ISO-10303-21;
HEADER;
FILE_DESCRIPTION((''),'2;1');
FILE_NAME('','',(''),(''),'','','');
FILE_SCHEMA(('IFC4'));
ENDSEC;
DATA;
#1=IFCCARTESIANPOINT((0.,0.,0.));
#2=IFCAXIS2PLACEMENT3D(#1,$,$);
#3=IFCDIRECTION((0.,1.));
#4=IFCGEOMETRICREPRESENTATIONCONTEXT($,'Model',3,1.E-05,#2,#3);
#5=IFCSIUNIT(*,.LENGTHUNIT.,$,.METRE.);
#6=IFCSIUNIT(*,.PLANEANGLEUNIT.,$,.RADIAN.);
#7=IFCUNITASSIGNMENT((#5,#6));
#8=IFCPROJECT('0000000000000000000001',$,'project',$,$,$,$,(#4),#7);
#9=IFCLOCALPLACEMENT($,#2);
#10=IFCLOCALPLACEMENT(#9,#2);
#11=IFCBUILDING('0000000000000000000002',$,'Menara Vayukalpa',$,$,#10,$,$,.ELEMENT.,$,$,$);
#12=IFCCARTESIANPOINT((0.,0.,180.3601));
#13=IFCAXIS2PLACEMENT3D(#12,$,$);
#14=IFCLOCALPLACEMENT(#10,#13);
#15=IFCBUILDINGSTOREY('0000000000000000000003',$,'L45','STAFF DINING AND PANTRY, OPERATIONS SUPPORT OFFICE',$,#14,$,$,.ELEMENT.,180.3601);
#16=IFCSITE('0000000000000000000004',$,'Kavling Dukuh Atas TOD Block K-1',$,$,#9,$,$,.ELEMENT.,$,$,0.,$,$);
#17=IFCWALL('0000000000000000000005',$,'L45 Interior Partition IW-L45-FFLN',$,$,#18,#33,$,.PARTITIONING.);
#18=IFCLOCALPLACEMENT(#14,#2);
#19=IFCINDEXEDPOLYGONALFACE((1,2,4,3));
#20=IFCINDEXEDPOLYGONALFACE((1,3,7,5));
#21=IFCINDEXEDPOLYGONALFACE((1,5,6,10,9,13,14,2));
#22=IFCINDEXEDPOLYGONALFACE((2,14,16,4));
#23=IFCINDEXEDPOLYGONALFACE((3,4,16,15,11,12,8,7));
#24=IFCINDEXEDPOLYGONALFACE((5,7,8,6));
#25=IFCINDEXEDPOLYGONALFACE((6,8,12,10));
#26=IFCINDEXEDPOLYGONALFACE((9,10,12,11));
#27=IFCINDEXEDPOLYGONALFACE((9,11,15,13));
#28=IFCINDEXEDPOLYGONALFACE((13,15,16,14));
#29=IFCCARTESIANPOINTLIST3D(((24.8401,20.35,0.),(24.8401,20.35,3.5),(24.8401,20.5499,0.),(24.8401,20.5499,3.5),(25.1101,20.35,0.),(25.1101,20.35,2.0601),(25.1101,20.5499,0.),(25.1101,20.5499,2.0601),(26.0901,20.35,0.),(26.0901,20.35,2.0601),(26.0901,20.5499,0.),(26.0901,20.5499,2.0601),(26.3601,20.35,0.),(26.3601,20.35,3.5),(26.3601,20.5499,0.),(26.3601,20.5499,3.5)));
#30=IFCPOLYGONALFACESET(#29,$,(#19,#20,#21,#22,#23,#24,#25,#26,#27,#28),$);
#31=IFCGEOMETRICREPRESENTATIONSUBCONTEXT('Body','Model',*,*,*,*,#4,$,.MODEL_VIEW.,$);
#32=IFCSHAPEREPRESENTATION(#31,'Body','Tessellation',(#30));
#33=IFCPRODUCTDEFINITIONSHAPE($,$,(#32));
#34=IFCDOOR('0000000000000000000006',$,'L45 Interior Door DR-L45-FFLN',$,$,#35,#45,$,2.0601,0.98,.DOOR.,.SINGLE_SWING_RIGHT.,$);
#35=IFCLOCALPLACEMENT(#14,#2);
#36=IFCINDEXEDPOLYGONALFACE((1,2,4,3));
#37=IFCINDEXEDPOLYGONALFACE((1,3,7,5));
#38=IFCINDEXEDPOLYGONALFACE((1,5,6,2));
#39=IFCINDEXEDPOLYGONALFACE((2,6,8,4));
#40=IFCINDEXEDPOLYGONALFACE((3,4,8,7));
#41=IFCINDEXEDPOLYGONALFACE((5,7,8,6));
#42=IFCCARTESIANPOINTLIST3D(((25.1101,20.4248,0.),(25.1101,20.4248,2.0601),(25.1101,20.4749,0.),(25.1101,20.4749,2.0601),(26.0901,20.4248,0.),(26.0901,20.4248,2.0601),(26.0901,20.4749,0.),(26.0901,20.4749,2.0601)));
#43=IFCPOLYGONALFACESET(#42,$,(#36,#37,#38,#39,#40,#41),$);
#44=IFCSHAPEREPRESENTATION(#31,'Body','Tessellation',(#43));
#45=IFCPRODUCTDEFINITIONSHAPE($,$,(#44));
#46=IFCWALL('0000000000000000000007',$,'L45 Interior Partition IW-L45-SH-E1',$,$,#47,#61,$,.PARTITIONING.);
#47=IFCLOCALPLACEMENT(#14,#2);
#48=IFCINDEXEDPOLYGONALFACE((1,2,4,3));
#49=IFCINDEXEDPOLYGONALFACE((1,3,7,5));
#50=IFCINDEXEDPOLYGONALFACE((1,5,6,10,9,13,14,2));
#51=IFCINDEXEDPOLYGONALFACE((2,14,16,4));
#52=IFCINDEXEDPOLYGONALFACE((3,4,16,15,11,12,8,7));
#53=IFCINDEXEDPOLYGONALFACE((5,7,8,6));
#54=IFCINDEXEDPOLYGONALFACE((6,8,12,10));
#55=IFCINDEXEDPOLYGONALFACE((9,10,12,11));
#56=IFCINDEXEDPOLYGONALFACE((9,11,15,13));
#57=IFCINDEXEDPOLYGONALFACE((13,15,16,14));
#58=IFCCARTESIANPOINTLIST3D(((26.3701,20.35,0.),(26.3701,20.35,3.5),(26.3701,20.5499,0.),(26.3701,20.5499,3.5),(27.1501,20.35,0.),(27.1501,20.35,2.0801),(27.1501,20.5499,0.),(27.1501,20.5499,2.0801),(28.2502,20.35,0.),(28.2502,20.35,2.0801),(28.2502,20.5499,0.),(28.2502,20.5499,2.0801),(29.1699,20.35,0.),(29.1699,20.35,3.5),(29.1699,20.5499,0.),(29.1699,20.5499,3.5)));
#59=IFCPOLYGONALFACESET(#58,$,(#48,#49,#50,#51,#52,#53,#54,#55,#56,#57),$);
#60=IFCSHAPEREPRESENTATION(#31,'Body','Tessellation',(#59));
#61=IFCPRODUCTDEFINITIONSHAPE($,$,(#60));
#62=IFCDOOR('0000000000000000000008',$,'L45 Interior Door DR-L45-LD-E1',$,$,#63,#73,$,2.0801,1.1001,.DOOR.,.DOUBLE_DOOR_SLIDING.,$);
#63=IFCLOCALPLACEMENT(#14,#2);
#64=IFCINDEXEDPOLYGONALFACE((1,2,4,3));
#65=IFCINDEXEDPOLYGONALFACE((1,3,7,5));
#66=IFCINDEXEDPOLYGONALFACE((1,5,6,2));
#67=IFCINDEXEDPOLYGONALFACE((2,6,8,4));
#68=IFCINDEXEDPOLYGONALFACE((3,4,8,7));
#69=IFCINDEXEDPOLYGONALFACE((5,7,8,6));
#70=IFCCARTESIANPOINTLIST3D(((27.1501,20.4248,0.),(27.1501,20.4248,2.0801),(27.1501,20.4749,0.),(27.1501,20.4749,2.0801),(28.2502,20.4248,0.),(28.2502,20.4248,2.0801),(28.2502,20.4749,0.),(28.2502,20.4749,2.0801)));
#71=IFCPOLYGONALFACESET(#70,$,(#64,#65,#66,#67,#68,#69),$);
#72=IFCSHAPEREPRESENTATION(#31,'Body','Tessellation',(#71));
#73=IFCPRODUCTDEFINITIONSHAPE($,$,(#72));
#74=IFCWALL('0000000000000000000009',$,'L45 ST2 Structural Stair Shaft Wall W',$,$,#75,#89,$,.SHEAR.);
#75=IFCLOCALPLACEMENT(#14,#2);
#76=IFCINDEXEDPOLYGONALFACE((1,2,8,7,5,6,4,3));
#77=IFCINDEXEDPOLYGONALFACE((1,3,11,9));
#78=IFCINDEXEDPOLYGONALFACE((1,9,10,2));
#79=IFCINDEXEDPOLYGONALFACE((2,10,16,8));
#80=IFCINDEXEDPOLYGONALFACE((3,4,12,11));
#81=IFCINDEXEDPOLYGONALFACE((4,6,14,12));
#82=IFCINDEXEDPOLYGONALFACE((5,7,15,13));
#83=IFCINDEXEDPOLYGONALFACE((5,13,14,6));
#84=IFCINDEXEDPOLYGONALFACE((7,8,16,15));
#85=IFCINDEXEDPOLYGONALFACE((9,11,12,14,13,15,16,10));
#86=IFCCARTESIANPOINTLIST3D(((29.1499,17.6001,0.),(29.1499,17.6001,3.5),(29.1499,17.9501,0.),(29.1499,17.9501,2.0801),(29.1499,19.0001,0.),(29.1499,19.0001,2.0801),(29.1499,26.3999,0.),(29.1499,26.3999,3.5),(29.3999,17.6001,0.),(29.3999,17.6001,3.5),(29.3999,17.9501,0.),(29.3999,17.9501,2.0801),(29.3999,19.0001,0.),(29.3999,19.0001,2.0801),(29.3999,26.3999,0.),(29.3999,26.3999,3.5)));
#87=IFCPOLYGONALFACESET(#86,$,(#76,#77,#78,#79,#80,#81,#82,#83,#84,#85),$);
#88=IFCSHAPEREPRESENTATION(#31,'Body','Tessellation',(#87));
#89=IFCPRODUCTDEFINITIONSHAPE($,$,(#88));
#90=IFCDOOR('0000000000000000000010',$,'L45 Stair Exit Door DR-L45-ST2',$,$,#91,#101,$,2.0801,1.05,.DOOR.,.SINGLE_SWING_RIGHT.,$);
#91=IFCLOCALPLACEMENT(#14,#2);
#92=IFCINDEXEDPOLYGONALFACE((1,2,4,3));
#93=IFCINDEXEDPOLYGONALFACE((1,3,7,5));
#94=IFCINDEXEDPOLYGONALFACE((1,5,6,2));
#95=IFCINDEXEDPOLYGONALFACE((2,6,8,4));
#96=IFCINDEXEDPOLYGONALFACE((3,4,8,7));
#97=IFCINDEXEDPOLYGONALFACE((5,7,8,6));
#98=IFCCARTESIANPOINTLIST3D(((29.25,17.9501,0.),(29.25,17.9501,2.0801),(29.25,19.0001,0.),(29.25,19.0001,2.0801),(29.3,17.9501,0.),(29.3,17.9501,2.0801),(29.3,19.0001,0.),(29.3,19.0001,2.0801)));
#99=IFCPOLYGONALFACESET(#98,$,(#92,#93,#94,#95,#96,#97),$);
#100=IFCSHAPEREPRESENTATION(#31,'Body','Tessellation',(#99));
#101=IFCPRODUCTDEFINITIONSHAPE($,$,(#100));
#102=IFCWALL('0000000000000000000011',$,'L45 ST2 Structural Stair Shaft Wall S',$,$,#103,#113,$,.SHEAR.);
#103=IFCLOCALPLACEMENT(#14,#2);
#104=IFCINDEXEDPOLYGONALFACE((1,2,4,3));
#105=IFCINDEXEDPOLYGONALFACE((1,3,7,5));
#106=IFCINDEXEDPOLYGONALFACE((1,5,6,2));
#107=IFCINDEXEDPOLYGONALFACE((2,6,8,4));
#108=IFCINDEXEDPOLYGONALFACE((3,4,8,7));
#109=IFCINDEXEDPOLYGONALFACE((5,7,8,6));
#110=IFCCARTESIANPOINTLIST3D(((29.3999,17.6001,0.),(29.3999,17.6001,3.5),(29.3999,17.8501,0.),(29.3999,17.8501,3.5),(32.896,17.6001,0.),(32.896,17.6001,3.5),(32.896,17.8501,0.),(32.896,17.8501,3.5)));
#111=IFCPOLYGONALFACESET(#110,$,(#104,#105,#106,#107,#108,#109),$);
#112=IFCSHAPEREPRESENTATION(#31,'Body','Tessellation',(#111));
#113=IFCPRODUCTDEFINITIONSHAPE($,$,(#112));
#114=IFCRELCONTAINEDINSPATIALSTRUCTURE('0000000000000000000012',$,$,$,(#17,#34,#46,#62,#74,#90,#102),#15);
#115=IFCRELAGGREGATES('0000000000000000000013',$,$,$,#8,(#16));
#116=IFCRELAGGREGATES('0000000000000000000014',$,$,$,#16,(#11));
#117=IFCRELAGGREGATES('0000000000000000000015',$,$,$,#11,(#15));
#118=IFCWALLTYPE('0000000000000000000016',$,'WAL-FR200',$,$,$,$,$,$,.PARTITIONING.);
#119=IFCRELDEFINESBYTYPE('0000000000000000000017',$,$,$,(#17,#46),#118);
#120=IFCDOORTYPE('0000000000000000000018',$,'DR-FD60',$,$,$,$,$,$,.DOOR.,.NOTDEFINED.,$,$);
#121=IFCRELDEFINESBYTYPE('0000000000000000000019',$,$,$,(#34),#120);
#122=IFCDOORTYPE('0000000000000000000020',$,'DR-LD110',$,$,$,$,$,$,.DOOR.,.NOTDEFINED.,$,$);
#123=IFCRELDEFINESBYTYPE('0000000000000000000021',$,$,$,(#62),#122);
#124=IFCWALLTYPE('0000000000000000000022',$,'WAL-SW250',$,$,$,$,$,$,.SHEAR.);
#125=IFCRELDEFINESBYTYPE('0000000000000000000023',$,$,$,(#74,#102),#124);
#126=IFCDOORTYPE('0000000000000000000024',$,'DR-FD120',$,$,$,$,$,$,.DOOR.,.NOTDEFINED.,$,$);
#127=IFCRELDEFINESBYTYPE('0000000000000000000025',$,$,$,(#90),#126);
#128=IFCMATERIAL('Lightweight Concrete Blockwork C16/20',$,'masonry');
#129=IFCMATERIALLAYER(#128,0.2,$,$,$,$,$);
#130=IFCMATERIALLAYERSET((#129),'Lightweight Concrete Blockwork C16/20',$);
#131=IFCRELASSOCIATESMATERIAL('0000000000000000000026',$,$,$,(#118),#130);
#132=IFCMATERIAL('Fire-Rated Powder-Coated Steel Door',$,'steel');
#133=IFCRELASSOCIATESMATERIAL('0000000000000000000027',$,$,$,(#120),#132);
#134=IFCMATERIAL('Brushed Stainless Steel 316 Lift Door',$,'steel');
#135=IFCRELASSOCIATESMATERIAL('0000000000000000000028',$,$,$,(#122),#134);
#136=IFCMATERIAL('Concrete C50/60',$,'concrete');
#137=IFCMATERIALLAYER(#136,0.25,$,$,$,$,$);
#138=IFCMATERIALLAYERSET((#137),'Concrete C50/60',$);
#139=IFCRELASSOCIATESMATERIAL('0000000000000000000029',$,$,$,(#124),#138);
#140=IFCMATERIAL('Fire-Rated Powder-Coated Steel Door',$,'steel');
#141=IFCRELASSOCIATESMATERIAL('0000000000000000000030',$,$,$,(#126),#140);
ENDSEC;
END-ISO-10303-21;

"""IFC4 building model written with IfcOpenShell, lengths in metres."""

from ifc_helpers import new_model, si_unit, direction, frame, frame_2d, origin, place, context, subcontext, project, spatial, rectangle, extrude, material, layer, layer_set, type_object, element, fill, save


model = new_model("IFC4")

# Units and contexts
model_context = context("Model", 3, precision=1e-05, world=origin(), true_north=direction((0.0, 1.0)))
body_context = subcontext(model_context, "Body", "Model", "MODEL_VIEW")
ifc_project = project(units=[si_unit("LENGTHUNIT", "METRE"), si_unit("PLANEANGLEUNIT", "RADIAN")], contexts=[model_context])

# Site, building, storey
site_placement = place(None, origin())
site = spatial("IfcSite", under=ifc_project, at=site_placement, Name="Kavling Dukuh Atas TOD Block K-1", CompositionType="ELEMENT", RefElevation=0.0)
building_placement = place(site_placement, origin())
building = spatial("IfcBuilding", under=site, at=building_placement, Name="Menara Vayukalpa", CompositionType="ELEMENT")
storey_placement = place(building_placement, frame((0.0, 0.0, 180.3601)))
storey = spatial("IfcBuildingStorey", under=building, at=storey_placement, Name="L45", Description="STAFF DINING AND PANTRY, OPERATIONS SUPPORT OFFICE", CompositionType="ELEMENT", Elevation=180.3601)

# Walls, openings, doors
ifc_material_1 = material(Name="Lightweight Concrete Blockwork C16/20", Category="masonry")
ifc_layer_1 = layer(ifc_material_1, 0.2)
ifc_layer_set_1 = layer_set([ifc_layer_1], Name="Lightweight Concrete Blockwork C16/20")
wall_type_1 = type_object("IfcWallType", Name="WAL-FR200", PredefinedType="PARTITIONING", material=ifc_layer_set_1)
wall_1_placement = place(storey_placement, frame((24.8401, 20.45, 0.0), z_axis=(0.0, 0.0, 1.0), x_axis=(1.0, 0.0, 0.0)))
wall_1 = element("IfcWall", 1, at=wall_1_placement, inside=storey, type_object=wall_type_1, Name="L45 Interior Partition IW-L45-FFLN", PredefinedType="PARTITIONING", context=body_context, shape_type="SweptSolid", body=[
    extrude(rectangle(XDim=1.52, YDim=0.2, at=frame_2d((0.76, 0.0))), origin(), (0.0, 0.0, 1.0), 3.5),
])
opening_1_placement = place(wall_1_placement, frame((0.27, 0.0, 0.0)))
opening_1 = element("IfcOpeningElement", 2, at=opening_1_placement, cuts=wall_1, PredefinedType="OPENING", context=body_context, shape_type="SweptSolid", body=[
    extrude(rectangle(XDim=0.98, YDim=2.0601, at=frame_2d((0.49, 1.03))), frame((0.0, 0.1099, 0.0), z_axis=(0.0, -1.0, 0.0), x_axis=(1.0, 0.0, 0.0)), (0.0, 0.0, 1.0), 0.22),
])
ifc_material_2 = material(Name="Fire-Rated Powder-Coated Steel Door", Category="steel")
door_type_1 = type_object("IfcDoorType", Name="DR-FD60", OperationType="NOTDEFINED", PredefinedType="DOOR", material=ifc_material_2)
door_1_placement = place(opening_1_placement, origin())
door_1 = element("IfcDoor", 3, at=door_1_placement, inside=storey, type_object=door_type_1, Name="L45 Interior Door DR-L45-FFLN", OperationType="SINGLE_SWING_RIGHT", OverallHeight=2.0601, OverallWidth=0.98, PredefinedType="DOOR", context=body_context, shape_type="SweptSolid", body=[
    extrude(rectangle(XDim=0.98, YDim=2.0601, at=frame_2d((0.49, 1.03))), frame((0.0, 0.0249, 0.0), z_axis=(0.0, -1.0, 0.0), x_axis=(1.0, 0.0, 0.0)), (0.0, 0.0, 1.0), 0.05),
])
fill(opening_1, door_1)
wall_2_placement = place(storey_placement, frame((26.3701, 20.45, 0.0), z_axis=(0.0, 0.0, 1.0), x_axis=(1.0, 0.0, 0.0)))
wall_2 = element("IfcWall", 4, at=wall_2_placement, inside=storey, type_object=wall_type_1, Name="L45 Interior Partition IW-L45-SH-E1", PredefinedType="PARTITIONING", context=body_context, shape_type="SweptSolid", body=[
    extrude(rectangle(XDim=2.7998, YDim=0.2, at=frame_2d((1.3999, 0.0))), origin(), (0.0, 0.0, 1.0), 3.5),
])
opening_2_placement = place(wall_2_placement, frame((0.78, 0.0, 0.0)))
opening_2 = element("IfcOpeningElement", 5, at=opening_2_placement, cuts=wall_2, PredefinedType="OPENING", context=body_context, shape_type="SweptSolid", body=[
    extrude(rectangle(XDim=1.1001, YDim=2.0801, at=frame_2d((0.55, 1.04))), frame((0.0, 0.1099, 0.0), z_axis=(0.0, -1.0, 0.0), x_axis=(1.0, 0.0, 0.0)), (0.0, 0.0, 1.0), 0.22),
])
ifc_material_3 = material(Name="Brushed Stainless Steel 316 Lift Door", Category="steel")
door_type_2 = type_object("IfcDoorType", Name="DR-LD110", OperationType="NOTDEFINED", PredefinedType="DOOR", material=ifc_material_3)
door_2_placement = place(opening_2_placement, origin())
door_2 = element("IfcDoor", 6, at=door_2_placement, inside=storey, type_object=door_type_2, Name="L45 Interior Door DR-L45-LD-E1", OperationType="DOUBLE_DOOR_SLIDING", OverallHeight=2.0801, OverallWidth=1.1001, PredefinedType="DOOR", context=body_context, shape_type="SweptSolid", body=[
    extrude(rectangle(XDim=1.1001, YDim=2.0801, at=frame_2d((0.55, 1.04))), frame((0.0, 0.0249, 0.0), z_axis=(0.0, -1.0, 0.0), x_axis=(1.0, 0.0, 0.0)), (0.0, 0.0, 1.0), 0.05),
])
fill(opening_2, door_2)
ifc_material_4 = material(Name="Concrete C50/60", Category="concrete")
ifc_layer_2 = layer(ifc_material_4, 0.25)
ifc_layer_set_2 = layer_set([ifc_layer_2], Name="Concrete C50/60")
wall_type_2 = type_object("IfcWallType", Name="WAL-SW250", PredefinedType="SHEAR", material=ifc_layer_set_2)
wall_3_placement = place(storey_placement, frame((29.2749, 17.6001, 0.0), z_axis=(0.0, 0.0, 1.0), x_axis=(0.0, 1.0, 0.0)))
wall_3 = element("IfcWall", 7, at=wall_3_placement, inside=storey, type_object=wall_type_2, Name="L45 ST2 Structural Stair Shaft Wall W", PredefinedType="SHEAR", context=body_context, shape_type="SweptSolid", body=[
    extrude(rectangle(XDim=8.7998, YDim=0.25, at=frame_2d((4.3999, 0.0))), origin(), (0.0, 0.0, 1.0), 3.5),
])
opening_3_placement = place(wall_3_placement, frame((0.3501, 0.0, 0.0)))
opening_3 = element("IfcOpeningElement", 8, at=opening_3_placement, cuts=wall_3, PredefinedType="OPENING", context=body_context, shape_type="SweptSolid", body=[
    extrude(rectangle(XDim=1.05, YDim=2.0801, at=frame_2d((0.5249, 1.04))), frame((0.0, 0.135, 0.0), z_axis=(0.0, -1.0, 0.0), x_axis=(1.0, 0.0, 0.0)), (0.0, 0.0, 1.0), 0.27),
])
ifc_material_5 = material(Name="Fire-Rated Powder-Coated Steel Door", Category="steel")
door_type_3 = type_object("IfcDoorType", Name="DR-FD120", OperationType="NOTDEFINED", PredefinedType="DOOR", material=ifc_material_5)
door_3_placement = place(opening_3_placement, origin())
door_3 = element("IfcDoor", 9, at=door_3_placement, inside=storey, type_object=door_type_3, Name="L45 Stair Exit Door DR-L45-ST2", OperationType="SINGLE_SWING_RIGHT", OverallHeight=2.0801, OverallWidth=1.05, PredefinedType="DOOR", context=body_context, shape_type="SweptSolid", body=[
    extrude(rectangle(XDim=1.05, YDim=2.0801, at=frame_2d((0.5249, 1.04))), frame((0.0, 0.0249, 0.0), z_axis=(0.0, -1.0, 0.0), x_axis=(1.0, 0.0, 0.0)), (0.0, 0.0, 1.0), 0.05),
])
fill(opening_3, door_3)

# Wall
wall_4_placement = place(storey_placement, frame((29.3999, 17.7251, 0.0), z_axis=(0.0, 0.0, 1.0), x_axis=(1.0, 0.0, 0.0)))
element("IfcWall", 10, at=wall_4_placement, inside=storey, type_object=wall_type_2, Name="L45 ST2 Structural Stair Shaft Wall S", PredefinedType="SHEAR", context=body_context, shape_type="SweptSolid", body=[
    extrude(rectangle(XDim=3.4961, YDim=0.25, at=frame_2d((1.748, 0.0))), origin(), (0.0, 0.0, 1.0), 3.5),
])

save(model, "model.ifc")
